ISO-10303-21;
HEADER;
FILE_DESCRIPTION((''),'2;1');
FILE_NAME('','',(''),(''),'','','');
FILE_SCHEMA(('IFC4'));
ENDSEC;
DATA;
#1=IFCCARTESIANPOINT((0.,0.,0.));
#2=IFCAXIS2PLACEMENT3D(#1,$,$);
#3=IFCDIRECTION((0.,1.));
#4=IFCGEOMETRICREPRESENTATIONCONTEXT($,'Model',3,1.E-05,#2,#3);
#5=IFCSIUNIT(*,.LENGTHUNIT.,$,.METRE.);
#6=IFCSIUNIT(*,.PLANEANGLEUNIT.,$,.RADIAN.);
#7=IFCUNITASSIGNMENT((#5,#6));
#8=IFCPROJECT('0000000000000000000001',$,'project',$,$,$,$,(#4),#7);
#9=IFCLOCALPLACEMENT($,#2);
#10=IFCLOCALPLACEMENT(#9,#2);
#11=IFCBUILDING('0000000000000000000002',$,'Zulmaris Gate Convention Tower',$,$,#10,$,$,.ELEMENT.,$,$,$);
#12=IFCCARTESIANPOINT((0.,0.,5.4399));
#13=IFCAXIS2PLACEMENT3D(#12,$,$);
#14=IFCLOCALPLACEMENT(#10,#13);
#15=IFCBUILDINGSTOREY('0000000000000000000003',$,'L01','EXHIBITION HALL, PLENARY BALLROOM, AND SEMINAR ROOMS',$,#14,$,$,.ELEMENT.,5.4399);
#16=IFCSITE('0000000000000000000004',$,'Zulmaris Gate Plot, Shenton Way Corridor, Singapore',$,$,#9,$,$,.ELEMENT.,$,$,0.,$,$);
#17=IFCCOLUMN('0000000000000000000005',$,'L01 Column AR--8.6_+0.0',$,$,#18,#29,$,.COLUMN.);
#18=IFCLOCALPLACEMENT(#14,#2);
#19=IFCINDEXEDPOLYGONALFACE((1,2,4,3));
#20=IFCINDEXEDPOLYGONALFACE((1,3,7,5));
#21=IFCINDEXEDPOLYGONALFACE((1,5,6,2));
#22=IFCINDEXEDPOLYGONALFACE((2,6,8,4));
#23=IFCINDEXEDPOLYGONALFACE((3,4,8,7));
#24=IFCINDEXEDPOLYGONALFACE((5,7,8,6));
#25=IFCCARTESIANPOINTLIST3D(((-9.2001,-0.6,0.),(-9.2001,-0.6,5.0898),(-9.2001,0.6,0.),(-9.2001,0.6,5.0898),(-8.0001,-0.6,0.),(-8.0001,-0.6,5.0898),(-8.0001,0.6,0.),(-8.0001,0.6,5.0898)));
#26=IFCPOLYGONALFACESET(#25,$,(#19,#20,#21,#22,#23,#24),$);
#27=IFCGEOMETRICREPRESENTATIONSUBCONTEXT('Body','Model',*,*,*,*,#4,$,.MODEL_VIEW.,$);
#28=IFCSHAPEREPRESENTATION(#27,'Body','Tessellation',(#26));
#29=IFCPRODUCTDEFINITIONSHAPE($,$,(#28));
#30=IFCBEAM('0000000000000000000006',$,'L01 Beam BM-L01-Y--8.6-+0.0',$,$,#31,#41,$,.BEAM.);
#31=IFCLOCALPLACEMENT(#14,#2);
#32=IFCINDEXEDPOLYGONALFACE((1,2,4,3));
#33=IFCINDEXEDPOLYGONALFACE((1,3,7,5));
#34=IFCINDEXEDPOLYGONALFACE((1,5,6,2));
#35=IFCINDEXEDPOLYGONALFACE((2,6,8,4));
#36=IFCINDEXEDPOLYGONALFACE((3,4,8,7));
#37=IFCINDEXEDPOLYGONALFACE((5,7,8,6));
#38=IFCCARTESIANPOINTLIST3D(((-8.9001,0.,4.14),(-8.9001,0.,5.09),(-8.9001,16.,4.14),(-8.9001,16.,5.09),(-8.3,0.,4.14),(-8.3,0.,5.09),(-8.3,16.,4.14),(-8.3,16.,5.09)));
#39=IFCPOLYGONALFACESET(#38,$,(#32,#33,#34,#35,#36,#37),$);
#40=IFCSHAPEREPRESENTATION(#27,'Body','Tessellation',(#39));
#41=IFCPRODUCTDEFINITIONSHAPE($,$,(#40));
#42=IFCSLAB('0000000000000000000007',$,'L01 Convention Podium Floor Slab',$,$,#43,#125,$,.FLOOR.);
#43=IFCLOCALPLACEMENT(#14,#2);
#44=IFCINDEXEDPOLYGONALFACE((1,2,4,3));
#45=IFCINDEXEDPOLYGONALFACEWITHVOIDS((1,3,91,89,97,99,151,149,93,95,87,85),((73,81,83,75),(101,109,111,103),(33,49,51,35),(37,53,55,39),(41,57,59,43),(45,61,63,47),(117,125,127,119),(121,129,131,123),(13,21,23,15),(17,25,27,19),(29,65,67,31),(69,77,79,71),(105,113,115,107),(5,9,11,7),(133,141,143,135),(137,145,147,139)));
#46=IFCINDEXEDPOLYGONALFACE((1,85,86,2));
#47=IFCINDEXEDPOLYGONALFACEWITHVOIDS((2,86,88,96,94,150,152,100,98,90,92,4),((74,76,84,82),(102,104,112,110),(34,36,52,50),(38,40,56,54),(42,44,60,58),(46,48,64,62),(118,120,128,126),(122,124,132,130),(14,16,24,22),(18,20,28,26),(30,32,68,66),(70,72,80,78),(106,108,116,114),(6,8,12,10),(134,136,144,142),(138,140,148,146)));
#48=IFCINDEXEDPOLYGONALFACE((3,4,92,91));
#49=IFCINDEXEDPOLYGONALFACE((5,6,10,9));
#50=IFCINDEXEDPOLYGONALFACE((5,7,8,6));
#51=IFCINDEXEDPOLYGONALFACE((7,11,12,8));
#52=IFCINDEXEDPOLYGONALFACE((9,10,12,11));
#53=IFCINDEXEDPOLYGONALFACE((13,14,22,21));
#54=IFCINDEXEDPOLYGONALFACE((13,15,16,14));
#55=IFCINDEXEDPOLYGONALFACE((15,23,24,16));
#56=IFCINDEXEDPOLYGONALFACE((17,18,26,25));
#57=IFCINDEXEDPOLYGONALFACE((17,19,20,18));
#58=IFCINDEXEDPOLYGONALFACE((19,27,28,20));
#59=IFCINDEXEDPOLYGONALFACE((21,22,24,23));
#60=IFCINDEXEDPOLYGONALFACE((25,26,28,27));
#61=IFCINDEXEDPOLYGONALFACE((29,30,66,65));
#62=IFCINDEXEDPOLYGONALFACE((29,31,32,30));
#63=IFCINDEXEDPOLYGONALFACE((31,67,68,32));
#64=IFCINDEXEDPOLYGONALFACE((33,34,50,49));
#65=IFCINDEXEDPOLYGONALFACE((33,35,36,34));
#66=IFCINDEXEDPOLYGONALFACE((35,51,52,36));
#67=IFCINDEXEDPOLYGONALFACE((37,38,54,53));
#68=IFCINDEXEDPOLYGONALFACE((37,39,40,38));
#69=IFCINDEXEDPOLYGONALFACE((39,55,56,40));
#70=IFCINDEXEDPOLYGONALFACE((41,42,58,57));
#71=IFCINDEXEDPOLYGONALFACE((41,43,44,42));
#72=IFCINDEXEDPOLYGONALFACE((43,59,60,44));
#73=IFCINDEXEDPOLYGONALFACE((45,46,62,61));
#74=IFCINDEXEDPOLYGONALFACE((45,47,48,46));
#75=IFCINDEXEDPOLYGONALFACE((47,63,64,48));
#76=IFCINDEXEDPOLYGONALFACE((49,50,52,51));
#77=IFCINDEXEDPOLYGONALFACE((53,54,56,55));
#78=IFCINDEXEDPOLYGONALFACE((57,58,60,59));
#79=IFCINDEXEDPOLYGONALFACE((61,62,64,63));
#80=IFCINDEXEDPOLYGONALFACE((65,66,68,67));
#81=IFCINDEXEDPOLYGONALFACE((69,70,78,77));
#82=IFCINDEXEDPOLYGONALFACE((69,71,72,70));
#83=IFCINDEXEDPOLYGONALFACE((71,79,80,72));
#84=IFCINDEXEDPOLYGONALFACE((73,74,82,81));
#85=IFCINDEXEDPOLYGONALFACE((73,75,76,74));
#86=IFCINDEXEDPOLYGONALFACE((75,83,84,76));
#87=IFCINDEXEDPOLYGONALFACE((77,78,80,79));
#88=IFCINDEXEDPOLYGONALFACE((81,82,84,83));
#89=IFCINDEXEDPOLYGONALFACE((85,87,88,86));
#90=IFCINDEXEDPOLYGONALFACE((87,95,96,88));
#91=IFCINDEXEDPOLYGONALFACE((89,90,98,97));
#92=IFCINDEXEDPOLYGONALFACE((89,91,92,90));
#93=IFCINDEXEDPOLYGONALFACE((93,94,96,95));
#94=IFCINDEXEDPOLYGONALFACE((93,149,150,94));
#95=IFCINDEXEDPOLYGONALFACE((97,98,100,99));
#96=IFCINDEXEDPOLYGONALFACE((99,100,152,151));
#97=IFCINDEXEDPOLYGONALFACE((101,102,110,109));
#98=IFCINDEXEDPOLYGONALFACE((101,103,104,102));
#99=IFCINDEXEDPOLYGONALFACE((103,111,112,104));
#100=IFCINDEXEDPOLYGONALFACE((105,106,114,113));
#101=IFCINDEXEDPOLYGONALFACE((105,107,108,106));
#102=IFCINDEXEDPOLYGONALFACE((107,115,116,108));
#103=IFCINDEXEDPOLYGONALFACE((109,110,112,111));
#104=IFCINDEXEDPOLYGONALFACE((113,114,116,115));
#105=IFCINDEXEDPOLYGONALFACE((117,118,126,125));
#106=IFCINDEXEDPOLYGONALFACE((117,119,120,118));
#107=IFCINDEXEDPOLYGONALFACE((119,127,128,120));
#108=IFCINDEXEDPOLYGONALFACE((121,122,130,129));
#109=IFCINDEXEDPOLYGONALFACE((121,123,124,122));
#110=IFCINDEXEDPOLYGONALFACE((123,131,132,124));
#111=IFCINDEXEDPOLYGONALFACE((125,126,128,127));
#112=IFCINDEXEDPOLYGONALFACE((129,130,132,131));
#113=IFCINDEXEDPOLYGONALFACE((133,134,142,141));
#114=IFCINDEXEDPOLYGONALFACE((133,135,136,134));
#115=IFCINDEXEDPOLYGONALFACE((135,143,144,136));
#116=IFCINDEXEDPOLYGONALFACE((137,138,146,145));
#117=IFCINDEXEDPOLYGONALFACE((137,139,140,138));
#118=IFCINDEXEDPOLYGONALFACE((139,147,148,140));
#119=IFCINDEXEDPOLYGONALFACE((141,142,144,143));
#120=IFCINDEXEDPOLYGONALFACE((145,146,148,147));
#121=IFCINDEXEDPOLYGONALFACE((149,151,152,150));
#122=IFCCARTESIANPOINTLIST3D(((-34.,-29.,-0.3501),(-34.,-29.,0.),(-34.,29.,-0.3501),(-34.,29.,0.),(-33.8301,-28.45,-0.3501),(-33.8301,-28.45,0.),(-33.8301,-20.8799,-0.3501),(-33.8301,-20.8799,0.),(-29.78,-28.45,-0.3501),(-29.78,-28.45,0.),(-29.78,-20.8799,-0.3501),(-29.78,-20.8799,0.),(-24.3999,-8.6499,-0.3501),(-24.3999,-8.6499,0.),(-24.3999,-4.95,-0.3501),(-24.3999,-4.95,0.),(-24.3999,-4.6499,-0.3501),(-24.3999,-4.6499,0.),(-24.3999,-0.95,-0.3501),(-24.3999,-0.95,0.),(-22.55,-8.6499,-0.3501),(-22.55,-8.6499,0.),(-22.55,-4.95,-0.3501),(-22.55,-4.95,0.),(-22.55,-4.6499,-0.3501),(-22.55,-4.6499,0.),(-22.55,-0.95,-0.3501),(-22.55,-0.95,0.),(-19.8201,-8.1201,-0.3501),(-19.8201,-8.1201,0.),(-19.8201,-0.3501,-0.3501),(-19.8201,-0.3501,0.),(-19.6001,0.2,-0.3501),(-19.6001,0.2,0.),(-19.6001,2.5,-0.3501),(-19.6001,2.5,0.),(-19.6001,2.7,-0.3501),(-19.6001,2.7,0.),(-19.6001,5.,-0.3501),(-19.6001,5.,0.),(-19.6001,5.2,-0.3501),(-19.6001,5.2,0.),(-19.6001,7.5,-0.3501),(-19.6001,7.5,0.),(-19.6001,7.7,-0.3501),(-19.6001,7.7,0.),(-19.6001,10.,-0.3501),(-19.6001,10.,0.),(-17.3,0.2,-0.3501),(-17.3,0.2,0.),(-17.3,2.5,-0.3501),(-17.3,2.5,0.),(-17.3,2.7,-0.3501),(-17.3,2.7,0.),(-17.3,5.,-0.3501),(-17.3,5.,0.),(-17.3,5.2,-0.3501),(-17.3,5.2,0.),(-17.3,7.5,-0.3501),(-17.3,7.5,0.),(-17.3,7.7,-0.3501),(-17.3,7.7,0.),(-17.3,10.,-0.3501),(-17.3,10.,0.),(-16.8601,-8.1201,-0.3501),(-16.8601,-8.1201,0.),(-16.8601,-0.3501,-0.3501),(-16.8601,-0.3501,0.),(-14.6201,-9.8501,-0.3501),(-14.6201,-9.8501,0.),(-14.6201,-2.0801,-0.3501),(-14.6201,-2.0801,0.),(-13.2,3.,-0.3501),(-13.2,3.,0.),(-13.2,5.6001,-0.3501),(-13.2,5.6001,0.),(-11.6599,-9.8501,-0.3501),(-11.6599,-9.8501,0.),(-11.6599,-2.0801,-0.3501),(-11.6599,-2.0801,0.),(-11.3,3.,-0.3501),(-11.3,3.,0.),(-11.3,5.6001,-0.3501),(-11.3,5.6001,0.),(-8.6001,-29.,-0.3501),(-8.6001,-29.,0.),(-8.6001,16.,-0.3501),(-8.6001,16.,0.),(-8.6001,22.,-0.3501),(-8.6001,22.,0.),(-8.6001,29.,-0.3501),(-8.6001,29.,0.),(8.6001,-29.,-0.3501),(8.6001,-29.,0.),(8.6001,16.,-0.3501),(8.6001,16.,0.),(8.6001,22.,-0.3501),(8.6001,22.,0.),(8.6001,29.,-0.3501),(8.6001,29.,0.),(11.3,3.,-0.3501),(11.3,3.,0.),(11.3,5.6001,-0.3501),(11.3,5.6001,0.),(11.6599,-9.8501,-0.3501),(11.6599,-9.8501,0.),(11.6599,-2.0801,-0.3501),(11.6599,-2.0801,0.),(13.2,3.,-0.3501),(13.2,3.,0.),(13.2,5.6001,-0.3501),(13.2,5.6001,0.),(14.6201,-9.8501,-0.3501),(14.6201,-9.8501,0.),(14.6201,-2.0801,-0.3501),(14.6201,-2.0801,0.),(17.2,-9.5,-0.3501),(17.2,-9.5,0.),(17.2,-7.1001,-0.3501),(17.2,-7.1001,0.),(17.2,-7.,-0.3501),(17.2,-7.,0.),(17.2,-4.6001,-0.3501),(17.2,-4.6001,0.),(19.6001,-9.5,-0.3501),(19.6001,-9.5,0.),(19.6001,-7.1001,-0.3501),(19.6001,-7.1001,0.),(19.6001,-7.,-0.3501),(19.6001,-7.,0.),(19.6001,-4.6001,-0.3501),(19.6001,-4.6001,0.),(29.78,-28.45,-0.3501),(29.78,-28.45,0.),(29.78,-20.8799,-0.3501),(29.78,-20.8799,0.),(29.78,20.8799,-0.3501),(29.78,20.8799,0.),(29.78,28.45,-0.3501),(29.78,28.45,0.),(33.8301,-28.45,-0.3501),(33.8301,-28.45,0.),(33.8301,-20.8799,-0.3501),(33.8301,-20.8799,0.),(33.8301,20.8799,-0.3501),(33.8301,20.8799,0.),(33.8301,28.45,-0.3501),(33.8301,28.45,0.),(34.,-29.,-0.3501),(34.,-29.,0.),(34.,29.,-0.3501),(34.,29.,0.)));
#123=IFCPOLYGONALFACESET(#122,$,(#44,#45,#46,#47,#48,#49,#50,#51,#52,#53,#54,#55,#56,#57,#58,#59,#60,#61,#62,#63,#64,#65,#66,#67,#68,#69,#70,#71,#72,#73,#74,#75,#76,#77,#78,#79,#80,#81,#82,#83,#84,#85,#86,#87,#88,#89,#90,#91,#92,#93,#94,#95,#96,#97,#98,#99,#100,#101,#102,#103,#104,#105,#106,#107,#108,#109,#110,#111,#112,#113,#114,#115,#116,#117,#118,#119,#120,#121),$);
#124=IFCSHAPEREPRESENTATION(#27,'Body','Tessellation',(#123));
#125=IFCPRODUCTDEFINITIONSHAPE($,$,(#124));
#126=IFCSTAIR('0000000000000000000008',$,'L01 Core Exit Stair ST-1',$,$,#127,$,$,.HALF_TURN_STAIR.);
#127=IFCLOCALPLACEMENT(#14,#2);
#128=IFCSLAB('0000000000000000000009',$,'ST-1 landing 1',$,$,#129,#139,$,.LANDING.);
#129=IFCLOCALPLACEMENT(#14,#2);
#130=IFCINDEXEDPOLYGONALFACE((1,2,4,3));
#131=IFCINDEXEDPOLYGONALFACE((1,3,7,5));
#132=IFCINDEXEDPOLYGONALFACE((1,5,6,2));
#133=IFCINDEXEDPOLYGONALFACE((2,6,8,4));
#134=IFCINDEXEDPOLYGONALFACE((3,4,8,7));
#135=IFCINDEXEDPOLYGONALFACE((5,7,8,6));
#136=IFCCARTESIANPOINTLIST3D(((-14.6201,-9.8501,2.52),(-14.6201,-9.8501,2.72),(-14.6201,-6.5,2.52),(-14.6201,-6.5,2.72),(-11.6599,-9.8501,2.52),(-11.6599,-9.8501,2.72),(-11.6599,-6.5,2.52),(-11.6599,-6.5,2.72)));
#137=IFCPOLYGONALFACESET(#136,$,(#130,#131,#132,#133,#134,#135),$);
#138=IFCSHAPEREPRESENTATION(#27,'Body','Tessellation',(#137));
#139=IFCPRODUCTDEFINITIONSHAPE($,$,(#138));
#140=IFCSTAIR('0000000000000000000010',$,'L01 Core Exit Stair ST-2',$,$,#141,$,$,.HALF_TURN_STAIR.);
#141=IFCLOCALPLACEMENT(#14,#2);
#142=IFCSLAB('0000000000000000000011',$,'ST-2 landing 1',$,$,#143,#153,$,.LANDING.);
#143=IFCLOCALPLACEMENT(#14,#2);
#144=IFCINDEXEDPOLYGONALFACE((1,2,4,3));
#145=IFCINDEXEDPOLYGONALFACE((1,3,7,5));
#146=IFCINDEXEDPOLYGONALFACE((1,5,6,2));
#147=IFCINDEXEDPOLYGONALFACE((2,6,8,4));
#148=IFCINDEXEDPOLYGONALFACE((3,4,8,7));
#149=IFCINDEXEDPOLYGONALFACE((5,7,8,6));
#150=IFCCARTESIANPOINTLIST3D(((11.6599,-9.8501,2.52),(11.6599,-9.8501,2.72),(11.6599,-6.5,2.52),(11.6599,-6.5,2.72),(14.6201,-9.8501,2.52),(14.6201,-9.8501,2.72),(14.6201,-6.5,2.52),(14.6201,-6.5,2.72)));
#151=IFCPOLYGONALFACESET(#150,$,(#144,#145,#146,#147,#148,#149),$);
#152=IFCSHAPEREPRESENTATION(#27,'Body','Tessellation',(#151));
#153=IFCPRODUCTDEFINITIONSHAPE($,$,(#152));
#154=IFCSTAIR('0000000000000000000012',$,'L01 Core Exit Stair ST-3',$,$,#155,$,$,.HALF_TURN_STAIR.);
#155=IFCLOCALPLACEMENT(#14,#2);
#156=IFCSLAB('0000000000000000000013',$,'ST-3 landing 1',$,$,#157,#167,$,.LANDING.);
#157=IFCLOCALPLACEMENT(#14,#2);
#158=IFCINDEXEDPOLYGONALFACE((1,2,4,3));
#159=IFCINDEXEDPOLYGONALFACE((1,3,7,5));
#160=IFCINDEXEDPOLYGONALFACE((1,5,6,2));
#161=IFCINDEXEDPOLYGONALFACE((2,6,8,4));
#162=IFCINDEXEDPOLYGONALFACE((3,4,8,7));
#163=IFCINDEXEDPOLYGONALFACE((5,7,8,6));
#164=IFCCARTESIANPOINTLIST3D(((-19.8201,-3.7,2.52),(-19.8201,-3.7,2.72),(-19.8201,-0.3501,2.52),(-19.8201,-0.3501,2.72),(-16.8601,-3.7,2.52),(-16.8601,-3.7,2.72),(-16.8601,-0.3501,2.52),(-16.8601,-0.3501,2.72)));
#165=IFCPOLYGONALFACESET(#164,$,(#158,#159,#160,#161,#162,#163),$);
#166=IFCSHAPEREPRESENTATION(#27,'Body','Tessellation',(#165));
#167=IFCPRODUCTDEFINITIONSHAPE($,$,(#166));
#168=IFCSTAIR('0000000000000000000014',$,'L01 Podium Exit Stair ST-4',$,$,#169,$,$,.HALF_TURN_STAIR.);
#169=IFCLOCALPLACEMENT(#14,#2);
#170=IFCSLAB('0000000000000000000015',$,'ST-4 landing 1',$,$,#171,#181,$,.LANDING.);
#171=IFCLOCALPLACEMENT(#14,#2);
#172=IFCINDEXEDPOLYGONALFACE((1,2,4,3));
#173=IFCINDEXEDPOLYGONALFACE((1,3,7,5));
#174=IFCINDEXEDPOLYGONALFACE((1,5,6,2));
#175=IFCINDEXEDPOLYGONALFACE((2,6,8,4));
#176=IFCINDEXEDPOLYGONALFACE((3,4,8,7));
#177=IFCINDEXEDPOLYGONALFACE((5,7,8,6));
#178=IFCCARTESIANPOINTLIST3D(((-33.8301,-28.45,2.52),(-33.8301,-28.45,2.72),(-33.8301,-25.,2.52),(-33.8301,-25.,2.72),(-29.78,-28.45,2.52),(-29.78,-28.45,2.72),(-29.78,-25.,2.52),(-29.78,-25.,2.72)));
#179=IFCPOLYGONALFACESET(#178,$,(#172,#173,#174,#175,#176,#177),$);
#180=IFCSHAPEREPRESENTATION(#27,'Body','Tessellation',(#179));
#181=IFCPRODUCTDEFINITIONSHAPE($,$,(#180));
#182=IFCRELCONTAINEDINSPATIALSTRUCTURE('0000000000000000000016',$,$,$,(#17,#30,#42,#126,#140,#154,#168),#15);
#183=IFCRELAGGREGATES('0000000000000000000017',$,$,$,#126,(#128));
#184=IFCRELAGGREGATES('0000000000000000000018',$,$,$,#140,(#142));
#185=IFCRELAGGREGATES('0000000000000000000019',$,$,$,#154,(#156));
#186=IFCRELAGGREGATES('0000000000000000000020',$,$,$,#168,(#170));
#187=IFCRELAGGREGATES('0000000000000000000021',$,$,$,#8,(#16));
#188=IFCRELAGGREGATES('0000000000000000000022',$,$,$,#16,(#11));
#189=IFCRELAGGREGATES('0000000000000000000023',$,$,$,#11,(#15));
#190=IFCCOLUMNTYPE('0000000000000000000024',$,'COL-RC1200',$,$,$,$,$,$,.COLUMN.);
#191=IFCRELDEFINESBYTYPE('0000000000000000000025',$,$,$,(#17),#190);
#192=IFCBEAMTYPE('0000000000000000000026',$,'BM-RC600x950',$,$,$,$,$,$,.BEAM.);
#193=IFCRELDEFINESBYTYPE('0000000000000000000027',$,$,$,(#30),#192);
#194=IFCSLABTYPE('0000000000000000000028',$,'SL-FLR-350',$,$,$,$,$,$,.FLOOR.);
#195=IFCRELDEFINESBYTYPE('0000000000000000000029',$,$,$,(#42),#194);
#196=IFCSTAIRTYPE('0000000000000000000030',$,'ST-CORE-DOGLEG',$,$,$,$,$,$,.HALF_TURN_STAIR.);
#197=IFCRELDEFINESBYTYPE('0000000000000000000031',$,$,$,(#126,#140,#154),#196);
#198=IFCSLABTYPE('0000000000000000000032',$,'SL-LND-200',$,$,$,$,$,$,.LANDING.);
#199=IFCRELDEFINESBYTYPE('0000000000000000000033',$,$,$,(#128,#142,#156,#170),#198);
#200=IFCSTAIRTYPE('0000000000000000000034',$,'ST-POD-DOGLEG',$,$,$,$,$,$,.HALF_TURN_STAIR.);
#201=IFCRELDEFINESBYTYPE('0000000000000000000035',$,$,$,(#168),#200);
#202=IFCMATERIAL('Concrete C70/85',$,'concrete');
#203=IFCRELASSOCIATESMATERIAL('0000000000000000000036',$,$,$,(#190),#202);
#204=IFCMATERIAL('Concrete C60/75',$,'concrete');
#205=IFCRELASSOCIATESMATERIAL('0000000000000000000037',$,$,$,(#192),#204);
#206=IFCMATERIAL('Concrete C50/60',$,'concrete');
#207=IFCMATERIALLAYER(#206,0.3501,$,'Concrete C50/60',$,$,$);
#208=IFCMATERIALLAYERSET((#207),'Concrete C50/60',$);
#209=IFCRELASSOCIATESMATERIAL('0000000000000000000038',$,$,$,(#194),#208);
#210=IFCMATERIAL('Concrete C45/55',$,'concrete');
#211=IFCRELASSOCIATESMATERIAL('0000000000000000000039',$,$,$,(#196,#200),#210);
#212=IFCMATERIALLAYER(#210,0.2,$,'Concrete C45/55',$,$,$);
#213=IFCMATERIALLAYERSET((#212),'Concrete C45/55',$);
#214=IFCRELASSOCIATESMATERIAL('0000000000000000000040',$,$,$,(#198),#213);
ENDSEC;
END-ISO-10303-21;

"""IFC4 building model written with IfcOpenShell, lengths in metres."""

from ifc_helpers import new_model, si_unit, direction, frame, origin, origin_2d, place, context, subcontext, project, spatial, polyline, rectangle, outline, extrude, material, layer, layer_set, material_profile, profile_set, type_object, element, aggregate, save


model = new_model("IFC4")

# Units and contexts
model_context = context("Model", 3, precision=1e-05, world=origin(), true_north=direction((0.0, 1.0)))
body_context = subcontext(model_context, "Body", "Model", "MODEL_VIEW")
ifc_project = project(units=[si_unit("LENGTHUNIT", "METRE"), si_unit("PLANEANGLEUNIT", "RADIAN")], contexts=[model_context])

# Site, building, storey
site_placement = place(None, origin())
site = spatial("IfcSite", under=ifc_project, at=site_placement, Name="Zulmaris Gate Plot, Shenton Way Corridor, Singapore", CompositionType="ELEMENT", RefElevation=0.0)
building_placement = place(site_placement, origin())
building = spatial("IfcBuilding", under=site, at=building_placement, Name="Zulmaris Gate Convention Tower", CompositionType="ELEMENT")
storey_placement = place(building_placement, frame((0.0, 0.0, 5.4399)))
storey = spatial("IfcBuildingStorey", under=building, at=storey_placement, Name="L01", Description="EXHIBITION HALL, PLENARY BALLROOM, AND SEMINAR ROOMS", CompositionType="ELEMENT", Elevation=5.4399)

# Column
ifc_material_1 = material(Name="Concrete C70/85", Category="concrete")
ifc_material_profile_1 = material_profile(ifc_material_1, rectangle(XDim=1.2, YDim=1.2, at=origin_2d()), Name="RC COL 1200x1200")
ifc_profile_set_1 = profile_set([ifc_material_profile_1], Name="Concrete C70/85")
column_type = type_object("IfcColumnType", Name="COL-RC1200", PredefinedType="COLUMN", material=ifc_profile_set_1)
column_placement = place(storey_placement, frame((-8.6001, 0.0, 0.0), z_axis=(0.0, 0.0, 1.0), x_axis=(1.0, 0.0, 0.0)))
element("IfcColumn", 1, at=column_placement, inside=storey, type_object=column_type, Name="L01 Column AR--8.6_+0.0", PredefinedType="COLUMN", context=body_context, shape_type="SweptSolid", body=[
    extrude(rectangle(XDim=1.2, YDim=1.2, at=origin_2d()), origin(), (0.0, 0.0, 1.0), 5.0898),
])

# Beam
ifc_material_2 = material(Name="Concrete C60/75", Category="concrete")
ifc_material_profile_2 = material_profile(ifc_material_2, rectangle(XDim=0.6001, YDim=0.95, at=origin_2d()), Name="RC BEAM 600x950")
ifc_profile_set_2 = profile_set([ifc_material_profile_2], Name="Concrete C60/75")
beam_type = type_object("IfcBeamType", Name="BM-RC600x950", PredefinedType="BEAM", material=ifc_profile_set_2)
beam_placement = place(storey_placement, frame((-8.6001, 0.0, 4.615), z_axis=(0.0, 1.0, 0.0), x_axis=(-1.0, 0.0, 0.0)))
element("IfcBeam", 2, at=beam_placement, inside=storey, type_object=beam_type, Name="L01 Beam BM-L01-Y--8.6-+0.0", PredefinedType="BEAM", context=body_context, shape_type="SweptSolid", body=[
    extrude(rectangle(XDim=0.6001, YDim=0.95, at=origin_2d()), origin(), (0.0, 0.0, 1.0), 16.0),
])

# Slab
ifc_material_3 = material(Name="Concrete C50/60", Category="concrete")
ifc_layer_1 = layer(ifc_material_3, 0.3501, Name="Concrete C50/60")
ifc_layer_set_1 = layer_set([ifc_layer_1], Name="Concrete C50/60")
slab_type_1 = type_object("IfcSlabType", Name="SL-FLR-350", PredefinedType="FLOOR", material=ifc_layer_set_1)
slab_1_placement = place(storey_placement, frame((0.0, 0.0, -0.3501)))
element("IfcSlab", 3, at=slab_1_placement, inside=storey, type_object=slab_type_1, Name="L01 Convention Podium Floor Slab", PredefinedType="FLOOR", context=body_context, shape_type="SweptSolid", body=[
    extrude(outline(polyline([(-34.0, -29.0), (-8.6001, -29.0), (-8.6001, 16.0), (8.6001, 16.0), (8.6001, -29.0), (34.0, -29.0), (34.0, 29.0), (8.6001, 29.0), (8.6001, 22.0), (-8.6001, 22.0), (-8.6001, 29.0), (-34.0, 29.0), (-34.0, -29.0)]), holes=[polyline([(-14.6201, -2.0801), (-14.6201, -9.8501), (-11.6599, -9.8501), (-11.6599, -2.0801), (-14.6201, -2.0801)]), polyline([(11.6599, -2.0801), (11.6599, -9.8501), (14.6201, -9.8501), (14.6201, -2.0801), (11.6599, -2.0801)]), polyline([(-16.8601, -8.1201), (-16.8601, -0.3501), (-19.8201, -0.3501), (-19.8201, -8.1201), (-16.8601, -8.1201)]), polyline([(-33.8301, -20.8799), (-33.8301, -28.45), (-29.78, -28.45), (-29.78, -20.8799), (-33.8301, -20.8799)]), polyline([(33.8301, 20.8799), (33.8301, 28.45), (29.78, 28.45), (29.78, 20.8799), (33.8301, 20.8799)]), polyline([(29.78, -20.8799), (29.78, -28.45), (33.8301, -28.45), (33.8301, -20.8799), (29.78, -20.8799)]), polyline([(-13.2, 3.0), (-11.3, 3.0), (-11.3, 5.6001), (-13.2, 5.6001), (-13.2, 3.0)]), polyline([(11.3, 3.0), (13.2, 3.0), (13.2, 5.6001), (11.3, 5.6001), (11.3, 3.0)]), polyline([(-19.6001, 0.2), (-17.3, 0.2), (-17.3, 2.5), (-19.6001, 2.5), (-19.6001, 0.2)]), polyline([(-19.6001, 2.7), (-17.3, 2.7), (-17.3, 5.0), (-19.6001, 5.0), (-19.6001, 2.7)]), polyline([(-19.6001, 5.2), (-17.3, 5.2), (-17.3, 7.5), (-19.6001, 7.5), (-19.6001, 5.2)]), polyline([(-19.6001, 7.7), (-17.3, 7.7), (-17.3, 10.0), (-19.6001, 10.0), (-19.6001, 7.7)]), polyline([(17.2, -9.5), (19.6001, -9.5), (19.6001, -7.1001), (17.2, -7.1001), (17.2, -9.5)]), polyline([(17.2, -7.0), (19.6001, -7.0), (19.6001, -4.6001), (17.2, -4.6001), (17.2, -7.0)]), polyline([(-24.3999, -8.6499), (-22.55, -8.6499), (-22.55, -4.95), (-24.3999, -4.95), (-24.3999, -8.6499)]), polyline([(-24.3999, -4.6499), (-22.55, -4.6499), (-22.55, -0.95), (-24.3999, -0.95), (-24.3999, -4.6499)])]), origin(), (0.0, 0.0, 1.0), 0.3501),
])

# Stairs, slabs
ifc_material_4 = material(Name="Concrete C45/55", Category="concrete")
stair_type_1 = type_object("IfcStairType", Name="ST-CORE-DOGLEG", PredefinedType="HALF_TURN_STAIR", material=ifc_material_4)
stair_1_placement = place(storey_placement, origin())
stair_1 = element("IfcStair", 4, at=stair_1_placement, inside=storey, type_object=stair_type_1, Name="L01 Core Exit Stair ST-1", PredefinedType="HALF_TURN_STAIR")
ifc_layer_2 = layer(ifc_material_4, 0.2, Name="Concrete C45/55")
ifc_layer_set_2 = layer_set([ifc_layer_2], Name="Concrete C45/55")
slab_type_2 = type_object("IfcSlabType", Name="SL-LND-200", PredefinedType="LANDING", material=ifc_layer_set_2)
slab_2_placement = place(storey_placement, frame((0.0, 0.0, 2.52)))
slab_2 = element("IfcSlab", 5, at=slab_2_placement, type_object=slab_type_2, Name="ST-1 landing 1", PredefinedType="LANDING", context=body_context, shape_type="SweptSolid", body=[
    extrude(outline(polyline([(-14.6201, -6.5), (-14.6201, -9.8501), (-11.6599, -9.8501), (-11.6599, -6.5), (-14.6201, -6.5)])), origin(), (0.0, 0.0, 1.0), 0.2),
])
aggregate(stair_1, [slab_2])
stair_2_placement = place(storey_placement, origin())
stair_2 = element("IfcStair", 6, at=stair_2_placement, inside=storey, type_object=stair_type_1, Name="L01 Core Exit Stair ST-2", PredefinedType="HALF_TURN_STAIR")
slab_3_placement = place(storey_placement, frame((0.0, 0.0, 2.52)))
slab_3 = element("IfcSlab", 7, at=slab_3_placement, type_object=slab_type_2, Name="ST-2 landing 1", PredefinedType="LANDING", context=body_context, shape_type="SweptSolid", body=[
    extrude(outline(polyline([(11.6599, -6.5), (11.6599, -9.8501), (14.6201, -9.8501), (14.6201, -6.5), (11.6599, -6.5)])), origin(), (0.0, 0.0, 1.0), 0.2),
])
aggregate(stair_2, [slab_3])
stair_3_placement = place(storey_placement, origin())
stair_3 = element("IfcStair", 8, at=stair_3_placement, inside=storey, type_object=stair_type_1, Name="L01 Core Exit Stair ST-3", PredefinedType="HALF_TURN_STAIR")
slab_4_placement = place(storey_placement, frame((0.0, 0.0, 2.52)))
slab_4 = element("IfcSlab", 9, at=slab_4_placement, type_object=slab_type_2, Name="ST-3 landing 1", PredefinedType="LANDING", context=body_context, shape_type="SweptSolid", body=[
    extrude(outline(polyline([(-16.8601, -3.7), (-16.8601, -0.3501), (-19.8201, -0.3501), (-19.8201, -3.7), (-16.8601, -3.7)])), origin(), (0.0, 0.0, 1.0), 0.2),
])
aggregate(stair_3, [slab_4])
stair_type_2 = type_object("IfcStairType", Name="ST-POD-DOGLEG", PredefinedType="HALF_TURN_STAIR", material=ifc_material_4)
stair_4_placement = place(storey_placement, origin())
stair_4 = element("IfcStair", 10, at=stair_4_placement, inside=storey, type_object=stair_type_2, Name="L01 Podium Exit Stair ST-4", PredefinedType="HALF_TURN_STAIR")
slab_5_placement = place(storey_placement, frame((0.0, 0.0, 2.52)))
slab_5 = element("IfcSlab", 11, at=slab_5_placement, type_object=slab_type_2, Name="ST-4 landing 1", PredefinedType="LANDING", context=body_context, shape_type="SweptSolid", body=[
    extrude(outline(polyline([(-33.8301, -25.0), (-33.8301, -28.45), (-29.78, -28.45), (-29.78, -25.0), (-33.8301, -25.0)])), origin(), (0.0, 0.0, 1.0), 0.2),
])
aggregate(stair_4, [slab_5])

save(model, "model.ifc")
